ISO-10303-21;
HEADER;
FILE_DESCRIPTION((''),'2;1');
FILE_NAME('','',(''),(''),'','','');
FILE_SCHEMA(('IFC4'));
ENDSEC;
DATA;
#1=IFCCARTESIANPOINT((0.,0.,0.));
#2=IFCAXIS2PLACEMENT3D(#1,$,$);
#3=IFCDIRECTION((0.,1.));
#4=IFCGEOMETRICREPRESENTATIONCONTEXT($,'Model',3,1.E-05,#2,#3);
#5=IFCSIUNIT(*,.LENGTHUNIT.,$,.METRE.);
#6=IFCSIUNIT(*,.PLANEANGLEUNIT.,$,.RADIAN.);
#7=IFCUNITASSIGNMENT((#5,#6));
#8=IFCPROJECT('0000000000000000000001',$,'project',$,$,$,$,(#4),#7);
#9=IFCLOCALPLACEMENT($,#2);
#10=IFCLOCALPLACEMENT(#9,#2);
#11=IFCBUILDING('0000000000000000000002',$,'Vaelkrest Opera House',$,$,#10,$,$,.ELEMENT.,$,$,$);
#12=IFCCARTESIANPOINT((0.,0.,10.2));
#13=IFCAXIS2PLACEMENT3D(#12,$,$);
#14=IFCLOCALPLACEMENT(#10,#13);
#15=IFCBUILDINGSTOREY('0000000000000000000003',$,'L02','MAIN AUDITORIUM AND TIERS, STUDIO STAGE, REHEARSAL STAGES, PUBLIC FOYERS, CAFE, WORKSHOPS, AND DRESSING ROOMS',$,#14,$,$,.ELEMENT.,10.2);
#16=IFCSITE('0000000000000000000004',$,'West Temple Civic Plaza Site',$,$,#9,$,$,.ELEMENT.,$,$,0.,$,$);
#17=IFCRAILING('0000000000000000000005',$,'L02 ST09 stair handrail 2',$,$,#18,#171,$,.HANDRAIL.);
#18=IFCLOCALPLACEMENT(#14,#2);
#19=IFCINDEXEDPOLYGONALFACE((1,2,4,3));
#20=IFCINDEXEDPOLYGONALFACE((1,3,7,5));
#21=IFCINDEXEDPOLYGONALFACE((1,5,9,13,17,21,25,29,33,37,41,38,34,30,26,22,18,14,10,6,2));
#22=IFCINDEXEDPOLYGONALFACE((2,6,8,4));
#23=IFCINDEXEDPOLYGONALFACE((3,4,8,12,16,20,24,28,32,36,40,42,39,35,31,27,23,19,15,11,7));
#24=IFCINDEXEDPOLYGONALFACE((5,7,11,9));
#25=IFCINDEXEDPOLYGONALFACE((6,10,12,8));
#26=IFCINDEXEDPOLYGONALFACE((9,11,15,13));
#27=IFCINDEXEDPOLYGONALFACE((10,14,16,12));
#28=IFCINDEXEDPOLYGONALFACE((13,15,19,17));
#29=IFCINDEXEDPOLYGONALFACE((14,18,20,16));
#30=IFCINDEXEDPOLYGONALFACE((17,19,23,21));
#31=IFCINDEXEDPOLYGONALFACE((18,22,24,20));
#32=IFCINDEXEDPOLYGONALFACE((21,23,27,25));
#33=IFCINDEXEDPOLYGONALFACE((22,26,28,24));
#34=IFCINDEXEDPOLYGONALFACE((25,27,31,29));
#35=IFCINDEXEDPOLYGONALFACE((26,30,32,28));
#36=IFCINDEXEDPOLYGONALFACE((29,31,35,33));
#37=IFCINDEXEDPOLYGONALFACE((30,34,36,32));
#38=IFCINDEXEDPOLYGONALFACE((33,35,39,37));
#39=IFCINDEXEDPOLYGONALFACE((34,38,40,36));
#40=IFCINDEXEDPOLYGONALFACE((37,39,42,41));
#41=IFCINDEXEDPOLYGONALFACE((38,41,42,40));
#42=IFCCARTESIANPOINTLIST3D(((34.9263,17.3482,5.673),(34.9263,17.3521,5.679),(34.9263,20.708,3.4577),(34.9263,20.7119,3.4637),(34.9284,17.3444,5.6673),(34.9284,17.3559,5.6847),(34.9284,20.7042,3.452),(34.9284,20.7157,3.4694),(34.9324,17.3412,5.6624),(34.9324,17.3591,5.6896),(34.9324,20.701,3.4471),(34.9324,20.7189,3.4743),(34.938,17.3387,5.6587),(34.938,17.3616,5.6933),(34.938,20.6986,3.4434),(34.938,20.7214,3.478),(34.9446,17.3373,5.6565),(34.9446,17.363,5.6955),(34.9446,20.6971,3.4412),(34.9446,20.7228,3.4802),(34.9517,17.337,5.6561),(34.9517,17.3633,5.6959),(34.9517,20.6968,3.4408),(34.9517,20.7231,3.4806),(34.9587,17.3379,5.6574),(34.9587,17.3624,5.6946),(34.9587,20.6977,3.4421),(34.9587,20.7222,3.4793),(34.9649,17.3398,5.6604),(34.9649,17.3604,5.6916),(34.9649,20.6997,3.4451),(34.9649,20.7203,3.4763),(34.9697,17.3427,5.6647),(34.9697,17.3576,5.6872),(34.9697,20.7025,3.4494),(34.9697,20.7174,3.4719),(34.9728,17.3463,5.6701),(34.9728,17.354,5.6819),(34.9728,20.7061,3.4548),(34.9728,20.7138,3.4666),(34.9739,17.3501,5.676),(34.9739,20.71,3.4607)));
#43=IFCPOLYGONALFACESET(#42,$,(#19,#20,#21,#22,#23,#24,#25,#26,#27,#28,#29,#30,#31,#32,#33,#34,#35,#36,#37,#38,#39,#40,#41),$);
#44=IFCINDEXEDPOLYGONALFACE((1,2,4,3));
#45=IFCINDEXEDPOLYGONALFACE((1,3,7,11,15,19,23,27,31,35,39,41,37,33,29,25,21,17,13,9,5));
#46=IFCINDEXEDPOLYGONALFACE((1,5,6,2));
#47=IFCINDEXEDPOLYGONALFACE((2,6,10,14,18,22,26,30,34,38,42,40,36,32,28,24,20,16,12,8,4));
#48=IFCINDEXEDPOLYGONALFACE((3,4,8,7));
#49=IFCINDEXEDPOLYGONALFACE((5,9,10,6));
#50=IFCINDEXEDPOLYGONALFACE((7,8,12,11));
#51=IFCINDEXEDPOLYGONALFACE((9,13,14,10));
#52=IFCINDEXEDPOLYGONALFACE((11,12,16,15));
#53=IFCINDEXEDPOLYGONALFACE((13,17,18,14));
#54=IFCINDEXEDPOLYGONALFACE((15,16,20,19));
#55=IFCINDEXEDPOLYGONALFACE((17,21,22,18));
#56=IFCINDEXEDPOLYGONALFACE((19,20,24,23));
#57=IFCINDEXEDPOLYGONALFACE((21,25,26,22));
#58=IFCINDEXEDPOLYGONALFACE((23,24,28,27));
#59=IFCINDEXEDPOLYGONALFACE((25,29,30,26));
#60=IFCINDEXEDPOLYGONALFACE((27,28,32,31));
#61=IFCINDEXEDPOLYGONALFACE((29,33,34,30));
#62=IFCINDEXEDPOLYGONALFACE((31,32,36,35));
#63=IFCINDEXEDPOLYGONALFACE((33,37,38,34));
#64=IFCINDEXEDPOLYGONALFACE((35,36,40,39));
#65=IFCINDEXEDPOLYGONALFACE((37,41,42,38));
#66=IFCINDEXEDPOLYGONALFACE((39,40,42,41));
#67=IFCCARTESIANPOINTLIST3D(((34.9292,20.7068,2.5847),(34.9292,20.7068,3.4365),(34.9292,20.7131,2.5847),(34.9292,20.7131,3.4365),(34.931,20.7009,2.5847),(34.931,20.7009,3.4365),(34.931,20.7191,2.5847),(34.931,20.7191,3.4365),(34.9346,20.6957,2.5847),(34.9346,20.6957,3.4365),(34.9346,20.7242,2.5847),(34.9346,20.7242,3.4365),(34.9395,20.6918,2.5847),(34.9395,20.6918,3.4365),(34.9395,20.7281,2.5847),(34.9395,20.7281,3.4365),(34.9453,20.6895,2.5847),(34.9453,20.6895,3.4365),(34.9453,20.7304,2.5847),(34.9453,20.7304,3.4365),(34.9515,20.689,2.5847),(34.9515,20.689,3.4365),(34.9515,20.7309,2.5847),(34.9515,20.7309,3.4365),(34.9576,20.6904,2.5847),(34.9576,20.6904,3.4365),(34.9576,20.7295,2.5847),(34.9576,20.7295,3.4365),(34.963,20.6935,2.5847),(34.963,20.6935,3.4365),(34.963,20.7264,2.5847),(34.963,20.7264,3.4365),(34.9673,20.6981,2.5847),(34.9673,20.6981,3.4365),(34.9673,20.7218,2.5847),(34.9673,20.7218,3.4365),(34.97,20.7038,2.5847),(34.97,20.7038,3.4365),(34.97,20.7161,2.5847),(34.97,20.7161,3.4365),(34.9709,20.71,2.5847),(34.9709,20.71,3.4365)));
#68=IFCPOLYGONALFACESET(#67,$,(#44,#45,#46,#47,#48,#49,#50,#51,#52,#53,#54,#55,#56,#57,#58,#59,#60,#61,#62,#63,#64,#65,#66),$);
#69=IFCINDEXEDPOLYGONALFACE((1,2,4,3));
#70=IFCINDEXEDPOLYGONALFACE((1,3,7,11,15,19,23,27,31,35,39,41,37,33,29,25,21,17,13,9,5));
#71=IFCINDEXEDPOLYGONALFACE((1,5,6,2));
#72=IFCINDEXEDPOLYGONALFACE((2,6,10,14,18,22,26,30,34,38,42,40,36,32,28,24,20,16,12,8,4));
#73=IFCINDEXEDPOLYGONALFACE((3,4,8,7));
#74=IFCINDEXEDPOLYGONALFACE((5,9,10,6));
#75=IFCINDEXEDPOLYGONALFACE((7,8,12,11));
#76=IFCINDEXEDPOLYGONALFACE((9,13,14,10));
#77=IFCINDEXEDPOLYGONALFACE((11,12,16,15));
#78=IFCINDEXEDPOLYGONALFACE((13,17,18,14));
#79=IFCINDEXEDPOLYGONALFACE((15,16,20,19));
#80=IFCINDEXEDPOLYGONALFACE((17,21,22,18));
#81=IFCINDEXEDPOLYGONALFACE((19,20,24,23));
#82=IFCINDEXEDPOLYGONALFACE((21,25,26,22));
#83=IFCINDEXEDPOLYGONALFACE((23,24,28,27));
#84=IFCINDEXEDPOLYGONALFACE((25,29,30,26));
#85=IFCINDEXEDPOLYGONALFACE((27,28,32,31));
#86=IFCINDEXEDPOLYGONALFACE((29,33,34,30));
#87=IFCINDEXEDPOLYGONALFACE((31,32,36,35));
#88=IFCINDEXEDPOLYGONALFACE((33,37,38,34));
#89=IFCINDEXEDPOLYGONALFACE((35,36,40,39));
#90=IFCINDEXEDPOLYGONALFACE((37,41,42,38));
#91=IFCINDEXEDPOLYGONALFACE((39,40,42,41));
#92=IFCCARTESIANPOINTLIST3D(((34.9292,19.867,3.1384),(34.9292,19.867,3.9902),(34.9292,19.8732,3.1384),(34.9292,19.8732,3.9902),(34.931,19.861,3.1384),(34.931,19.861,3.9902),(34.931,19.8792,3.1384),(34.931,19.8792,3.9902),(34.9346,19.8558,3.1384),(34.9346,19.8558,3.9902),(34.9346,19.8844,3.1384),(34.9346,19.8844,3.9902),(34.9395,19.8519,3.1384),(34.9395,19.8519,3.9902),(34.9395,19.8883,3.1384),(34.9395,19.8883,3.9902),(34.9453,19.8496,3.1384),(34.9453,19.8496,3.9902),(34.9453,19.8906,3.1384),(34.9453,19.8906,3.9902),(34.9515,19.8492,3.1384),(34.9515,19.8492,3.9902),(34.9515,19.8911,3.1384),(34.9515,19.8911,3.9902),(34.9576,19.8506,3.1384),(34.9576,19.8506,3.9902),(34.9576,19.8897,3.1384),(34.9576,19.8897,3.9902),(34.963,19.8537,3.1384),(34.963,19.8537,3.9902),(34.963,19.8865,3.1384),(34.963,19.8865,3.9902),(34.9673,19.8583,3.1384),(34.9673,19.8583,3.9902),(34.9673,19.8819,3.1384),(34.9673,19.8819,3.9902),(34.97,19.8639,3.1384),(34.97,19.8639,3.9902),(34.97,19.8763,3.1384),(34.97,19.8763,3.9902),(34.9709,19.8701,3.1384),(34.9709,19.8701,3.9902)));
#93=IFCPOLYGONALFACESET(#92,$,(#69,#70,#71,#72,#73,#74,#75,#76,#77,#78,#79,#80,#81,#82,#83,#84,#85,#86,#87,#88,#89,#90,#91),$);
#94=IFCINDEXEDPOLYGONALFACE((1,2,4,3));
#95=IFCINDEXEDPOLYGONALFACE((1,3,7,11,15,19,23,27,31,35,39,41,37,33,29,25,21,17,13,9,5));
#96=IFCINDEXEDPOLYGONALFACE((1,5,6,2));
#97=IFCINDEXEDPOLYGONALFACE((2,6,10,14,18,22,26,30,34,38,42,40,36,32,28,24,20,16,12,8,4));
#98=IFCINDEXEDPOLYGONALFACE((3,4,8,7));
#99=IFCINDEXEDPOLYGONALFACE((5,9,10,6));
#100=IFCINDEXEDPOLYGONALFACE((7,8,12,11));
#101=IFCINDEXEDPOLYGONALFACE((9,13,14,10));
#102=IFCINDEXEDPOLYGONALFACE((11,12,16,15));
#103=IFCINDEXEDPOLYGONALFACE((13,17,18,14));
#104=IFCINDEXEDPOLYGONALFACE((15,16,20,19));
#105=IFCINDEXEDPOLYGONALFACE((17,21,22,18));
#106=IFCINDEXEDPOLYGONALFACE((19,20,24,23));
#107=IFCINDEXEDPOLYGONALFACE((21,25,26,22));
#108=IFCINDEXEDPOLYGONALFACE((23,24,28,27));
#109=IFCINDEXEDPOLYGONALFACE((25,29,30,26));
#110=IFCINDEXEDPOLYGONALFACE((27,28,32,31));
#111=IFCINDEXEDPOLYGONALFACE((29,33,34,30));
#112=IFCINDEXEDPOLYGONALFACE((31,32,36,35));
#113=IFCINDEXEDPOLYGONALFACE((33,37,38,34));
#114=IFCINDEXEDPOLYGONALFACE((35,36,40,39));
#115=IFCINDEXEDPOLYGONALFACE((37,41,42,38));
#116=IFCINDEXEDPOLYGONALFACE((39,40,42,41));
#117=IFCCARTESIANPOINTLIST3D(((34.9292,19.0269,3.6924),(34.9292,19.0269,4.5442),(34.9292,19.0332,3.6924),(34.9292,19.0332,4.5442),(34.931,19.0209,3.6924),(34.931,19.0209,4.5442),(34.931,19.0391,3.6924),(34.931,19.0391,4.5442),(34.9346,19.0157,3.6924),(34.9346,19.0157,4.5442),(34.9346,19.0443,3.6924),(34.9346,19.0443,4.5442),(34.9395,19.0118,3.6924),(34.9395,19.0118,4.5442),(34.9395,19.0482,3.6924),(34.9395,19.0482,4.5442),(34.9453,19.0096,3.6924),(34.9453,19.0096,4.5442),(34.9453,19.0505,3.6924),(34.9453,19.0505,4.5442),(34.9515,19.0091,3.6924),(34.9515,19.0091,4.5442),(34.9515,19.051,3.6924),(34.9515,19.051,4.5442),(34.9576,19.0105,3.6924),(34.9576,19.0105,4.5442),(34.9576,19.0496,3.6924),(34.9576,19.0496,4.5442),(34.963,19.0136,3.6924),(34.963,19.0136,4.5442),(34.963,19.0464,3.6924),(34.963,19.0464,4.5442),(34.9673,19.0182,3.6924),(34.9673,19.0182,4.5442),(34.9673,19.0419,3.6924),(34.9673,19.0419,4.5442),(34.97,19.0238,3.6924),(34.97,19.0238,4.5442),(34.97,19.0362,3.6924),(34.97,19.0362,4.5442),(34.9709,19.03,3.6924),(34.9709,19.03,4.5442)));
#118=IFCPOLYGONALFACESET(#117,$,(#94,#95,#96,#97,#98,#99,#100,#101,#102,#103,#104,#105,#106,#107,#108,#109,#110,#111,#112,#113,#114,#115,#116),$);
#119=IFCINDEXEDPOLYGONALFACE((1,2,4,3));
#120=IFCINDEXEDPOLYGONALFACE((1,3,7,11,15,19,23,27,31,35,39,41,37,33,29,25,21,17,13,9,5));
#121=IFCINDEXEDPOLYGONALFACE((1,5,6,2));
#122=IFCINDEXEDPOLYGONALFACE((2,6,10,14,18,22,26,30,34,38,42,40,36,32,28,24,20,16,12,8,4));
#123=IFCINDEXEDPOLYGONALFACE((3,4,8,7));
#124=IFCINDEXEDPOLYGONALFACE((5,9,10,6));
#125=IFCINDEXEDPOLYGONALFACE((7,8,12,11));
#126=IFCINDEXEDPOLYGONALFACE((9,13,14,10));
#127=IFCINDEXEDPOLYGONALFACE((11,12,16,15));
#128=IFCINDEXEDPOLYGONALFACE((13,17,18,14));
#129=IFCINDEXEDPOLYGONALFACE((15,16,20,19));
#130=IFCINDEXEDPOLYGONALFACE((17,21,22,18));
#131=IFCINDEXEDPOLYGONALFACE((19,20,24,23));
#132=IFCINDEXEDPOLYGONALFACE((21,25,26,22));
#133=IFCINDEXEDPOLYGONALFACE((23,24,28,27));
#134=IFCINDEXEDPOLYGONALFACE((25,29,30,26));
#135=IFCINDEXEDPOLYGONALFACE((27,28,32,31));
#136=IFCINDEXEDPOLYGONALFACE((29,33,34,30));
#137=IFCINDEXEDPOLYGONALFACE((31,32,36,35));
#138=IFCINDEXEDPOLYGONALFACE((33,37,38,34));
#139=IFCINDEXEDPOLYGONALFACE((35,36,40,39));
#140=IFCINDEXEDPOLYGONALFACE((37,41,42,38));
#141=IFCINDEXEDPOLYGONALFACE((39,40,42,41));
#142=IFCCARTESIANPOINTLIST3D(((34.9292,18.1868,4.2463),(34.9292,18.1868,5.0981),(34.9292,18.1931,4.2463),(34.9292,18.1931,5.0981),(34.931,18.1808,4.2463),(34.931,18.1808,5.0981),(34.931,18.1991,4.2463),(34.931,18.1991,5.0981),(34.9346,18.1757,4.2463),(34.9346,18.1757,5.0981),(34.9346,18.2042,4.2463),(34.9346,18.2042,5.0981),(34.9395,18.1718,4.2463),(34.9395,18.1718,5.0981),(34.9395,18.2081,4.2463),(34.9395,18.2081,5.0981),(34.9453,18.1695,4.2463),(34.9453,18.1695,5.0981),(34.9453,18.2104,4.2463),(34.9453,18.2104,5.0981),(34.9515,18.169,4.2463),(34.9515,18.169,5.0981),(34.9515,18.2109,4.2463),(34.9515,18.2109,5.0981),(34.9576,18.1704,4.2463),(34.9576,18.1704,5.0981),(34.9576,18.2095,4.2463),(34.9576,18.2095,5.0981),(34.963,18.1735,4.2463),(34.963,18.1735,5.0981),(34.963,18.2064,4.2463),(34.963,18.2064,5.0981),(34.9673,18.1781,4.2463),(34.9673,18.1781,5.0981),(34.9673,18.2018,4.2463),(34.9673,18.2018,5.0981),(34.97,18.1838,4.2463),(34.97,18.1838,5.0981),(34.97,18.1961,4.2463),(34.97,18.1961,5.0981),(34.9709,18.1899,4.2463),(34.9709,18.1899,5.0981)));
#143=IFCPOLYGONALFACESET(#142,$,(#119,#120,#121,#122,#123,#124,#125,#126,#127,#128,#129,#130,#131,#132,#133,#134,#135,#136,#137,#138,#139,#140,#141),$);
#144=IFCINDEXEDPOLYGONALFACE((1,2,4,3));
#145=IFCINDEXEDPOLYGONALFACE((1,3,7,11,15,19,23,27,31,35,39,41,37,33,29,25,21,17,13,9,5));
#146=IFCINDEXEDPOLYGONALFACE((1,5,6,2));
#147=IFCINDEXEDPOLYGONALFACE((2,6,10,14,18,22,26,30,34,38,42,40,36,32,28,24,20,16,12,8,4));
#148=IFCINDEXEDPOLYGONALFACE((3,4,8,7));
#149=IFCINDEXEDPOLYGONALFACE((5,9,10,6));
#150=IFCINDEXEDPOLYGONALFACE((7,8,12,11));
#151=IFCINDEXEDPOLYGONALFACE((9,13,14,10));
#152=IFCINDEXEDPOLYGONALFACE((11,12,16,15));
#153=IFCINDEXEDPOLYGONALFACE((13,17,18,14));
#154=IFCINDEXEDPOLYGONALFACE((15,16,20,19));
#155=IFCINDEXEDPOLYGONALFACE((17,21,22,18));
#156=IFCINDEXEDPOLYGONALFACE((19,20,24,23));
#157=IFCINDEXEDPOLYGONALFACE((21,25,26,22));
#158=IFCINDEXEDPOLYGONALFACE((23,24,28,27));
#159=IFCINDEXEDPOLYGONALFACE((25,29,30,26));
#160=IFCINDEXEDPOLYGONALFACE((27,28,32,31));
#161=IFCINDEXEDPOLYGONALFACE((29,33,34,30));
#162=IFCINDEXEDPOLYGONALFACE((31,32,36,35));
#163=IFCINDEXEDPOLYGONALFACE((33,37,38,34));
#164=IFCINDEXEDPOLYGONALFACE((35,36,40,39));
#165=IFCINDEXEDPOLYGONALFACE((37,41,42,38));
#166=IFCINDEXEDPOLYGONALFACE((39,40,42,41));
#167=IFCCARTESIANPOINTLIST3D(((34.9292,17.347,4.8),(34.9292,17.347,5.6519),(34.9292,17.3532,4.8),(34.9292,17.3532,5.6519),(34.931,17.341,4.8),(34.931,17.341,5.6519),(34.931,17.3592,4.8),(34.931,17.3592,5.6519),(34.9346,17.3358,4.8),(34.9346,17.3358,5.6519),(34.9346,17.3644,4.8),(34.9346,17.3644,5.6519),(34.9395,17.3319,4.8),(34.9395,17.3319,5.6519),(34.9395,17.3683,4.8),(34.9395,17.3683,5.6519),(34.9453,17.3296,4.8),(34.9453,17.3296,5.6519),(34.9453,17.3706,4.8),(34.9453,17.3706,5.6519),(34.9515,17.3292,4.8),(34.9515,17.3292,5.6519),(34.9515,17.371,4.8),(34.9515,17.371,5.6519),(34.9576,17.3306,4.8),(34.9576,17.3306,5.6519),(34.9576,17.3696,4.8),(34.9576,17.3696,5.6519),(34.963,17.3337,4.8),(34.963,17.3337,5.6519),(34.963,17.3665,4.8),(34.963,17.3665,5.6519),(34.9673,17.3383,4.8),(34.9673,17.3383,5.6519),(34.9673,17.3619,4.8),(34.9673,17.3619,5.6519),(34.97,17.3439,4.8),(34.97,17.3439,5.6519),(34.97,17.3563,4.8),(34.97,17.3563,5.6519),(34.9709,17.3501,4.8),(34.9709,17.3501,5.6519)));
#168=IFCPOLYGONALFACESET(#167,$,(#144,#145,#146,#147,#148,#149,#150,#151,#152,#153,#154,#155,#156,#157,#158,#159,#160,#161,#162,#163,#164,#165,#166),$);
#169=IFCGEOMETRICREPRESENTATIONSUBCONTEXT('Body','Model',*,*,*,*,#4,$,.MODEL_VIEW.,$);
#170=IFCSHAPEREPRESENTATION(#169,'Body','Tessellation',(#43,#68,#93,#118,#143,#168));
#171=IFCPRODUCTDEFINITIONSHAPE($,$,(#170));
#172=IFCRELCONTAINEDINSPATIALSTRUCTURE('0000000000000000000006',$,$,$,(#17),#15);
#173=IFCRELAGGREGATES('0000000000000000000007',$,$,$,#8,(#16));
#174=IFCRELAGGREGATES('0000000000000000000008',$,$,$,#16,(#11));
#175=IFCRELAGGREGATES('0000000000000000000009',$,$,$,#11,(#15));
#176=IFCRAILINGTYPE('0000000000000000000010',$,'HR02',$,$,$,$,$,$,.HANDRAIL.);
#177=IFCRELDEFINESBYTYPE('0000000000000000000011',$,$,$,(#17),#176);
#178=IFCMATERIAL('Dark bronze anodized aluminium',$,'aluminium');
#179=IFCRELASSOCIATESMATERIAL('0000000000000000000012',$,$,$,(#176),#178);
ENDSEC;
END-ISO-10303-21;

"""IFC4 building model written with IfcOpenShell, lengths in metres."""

from ifc_helpers import new_model, si_unit, direction, frame, origin, origin_2d, place, context, subcontext, project, spatial, circle, extrude, material, type_object, element, save


model = new_model("IFC4")

# Units and contexts
model_context = context("Model", 3, precision=1e-05, world=origin(), true_north=direction((0.0, 1.0)))
body_context = subcontext(model_context, "Body", "Model", "MODEL_VIEW")
ifc_project = project(units=[si_unit("LENGTHUNIT", "METRE"), si_unit("PLANEANGLEUNIT", "RADIAN")], contexts=[model_context])

# Site, building, storey
site_placement = place(None, origin())
site = spatial("IfcSite", under=ifc_project, at=site_placement, Name="West Temple Civic Plaza Site", CompositionType="ELEMENT", RefElevation=0.0)
building_placement = place(site_placement, origin())
building = spatial("IfcBuilding", under=site, at=building_placement, Name="Vaelkrest Opera House", CompositionType="ELEMENT")
storey_placement = place(building_placement, frame((0.0, 0.0, 10.2)))
storey = spatial("IfcBuildingStorey", under=building, at=storey_placement, Name="L02", Description="MAIN AUDITORIUM AND TIERS, STUDIO STAGE, REHEARSAL STAGES, PUBLIC FOYERS, CAFE, WORKSHOPS, AND DRESSING ROOMS", CompositionType="ELEMENT", Elevation=10.2)

# Shared definitions
ifc_material_1 = material(Name="Dark bronze anodized aluminium", Category="aluminium")

# Railing
railing_type_1 = type_object("IfcRailingType", Name="HR02", PredefinedType="HANDRAIL", material=ifc_material_1)
railing_1_placement = place(storey_placement, frame((34.95, 20.71, 2.5847)))
element("IfcRailing", 1, at=railing_1_placement, inside=storey, type_object=railing_type_1, Name="L02 ST09 stair handrail 2", PredefinedType="HANDRAIL", context=body_context, shape_type="SweptSolid", body=[
    extrude(circle(Radius=0.0239, at=origin_2d()), frame((0.0, 0.0, 0.876), z_axis=(0.0, -0.834858, 0.550465), x_axis=(1.0, 0.0, 0.0)), (0.0, 0.0, 1.0), 4.0244),
    extrude(circle(Radius=0.021, at=origin_2d()), origin(), (0.0, 0.0, 1.0), 0.8518),
    extrude(circle(Radius=0.021, at=origin_2d()), frame((0.0, -0.8398, 0.5537)), (0.0, 0.0, 1.0), 0.8518),
    extrude(circle(Radius=0.021, at=origin_2d()), frame((0.0, -1.6799, 1.1077)), (0.0, 0.0, 1.0), 0.8518),
    extrude(circle(Radius=0.021, at=origin_2d()), frame((0.0, -2.52, 1.6616)), (0.0, 0.0, 1.0), 0.8518),
    extrude(circle(Radius=0.021, at=origin_2d()), frame((0.0, -3.3599, 2.2153)), (0.0, 0.0, 1.0), 0.8518),
])

save(model, "model.ifc")
